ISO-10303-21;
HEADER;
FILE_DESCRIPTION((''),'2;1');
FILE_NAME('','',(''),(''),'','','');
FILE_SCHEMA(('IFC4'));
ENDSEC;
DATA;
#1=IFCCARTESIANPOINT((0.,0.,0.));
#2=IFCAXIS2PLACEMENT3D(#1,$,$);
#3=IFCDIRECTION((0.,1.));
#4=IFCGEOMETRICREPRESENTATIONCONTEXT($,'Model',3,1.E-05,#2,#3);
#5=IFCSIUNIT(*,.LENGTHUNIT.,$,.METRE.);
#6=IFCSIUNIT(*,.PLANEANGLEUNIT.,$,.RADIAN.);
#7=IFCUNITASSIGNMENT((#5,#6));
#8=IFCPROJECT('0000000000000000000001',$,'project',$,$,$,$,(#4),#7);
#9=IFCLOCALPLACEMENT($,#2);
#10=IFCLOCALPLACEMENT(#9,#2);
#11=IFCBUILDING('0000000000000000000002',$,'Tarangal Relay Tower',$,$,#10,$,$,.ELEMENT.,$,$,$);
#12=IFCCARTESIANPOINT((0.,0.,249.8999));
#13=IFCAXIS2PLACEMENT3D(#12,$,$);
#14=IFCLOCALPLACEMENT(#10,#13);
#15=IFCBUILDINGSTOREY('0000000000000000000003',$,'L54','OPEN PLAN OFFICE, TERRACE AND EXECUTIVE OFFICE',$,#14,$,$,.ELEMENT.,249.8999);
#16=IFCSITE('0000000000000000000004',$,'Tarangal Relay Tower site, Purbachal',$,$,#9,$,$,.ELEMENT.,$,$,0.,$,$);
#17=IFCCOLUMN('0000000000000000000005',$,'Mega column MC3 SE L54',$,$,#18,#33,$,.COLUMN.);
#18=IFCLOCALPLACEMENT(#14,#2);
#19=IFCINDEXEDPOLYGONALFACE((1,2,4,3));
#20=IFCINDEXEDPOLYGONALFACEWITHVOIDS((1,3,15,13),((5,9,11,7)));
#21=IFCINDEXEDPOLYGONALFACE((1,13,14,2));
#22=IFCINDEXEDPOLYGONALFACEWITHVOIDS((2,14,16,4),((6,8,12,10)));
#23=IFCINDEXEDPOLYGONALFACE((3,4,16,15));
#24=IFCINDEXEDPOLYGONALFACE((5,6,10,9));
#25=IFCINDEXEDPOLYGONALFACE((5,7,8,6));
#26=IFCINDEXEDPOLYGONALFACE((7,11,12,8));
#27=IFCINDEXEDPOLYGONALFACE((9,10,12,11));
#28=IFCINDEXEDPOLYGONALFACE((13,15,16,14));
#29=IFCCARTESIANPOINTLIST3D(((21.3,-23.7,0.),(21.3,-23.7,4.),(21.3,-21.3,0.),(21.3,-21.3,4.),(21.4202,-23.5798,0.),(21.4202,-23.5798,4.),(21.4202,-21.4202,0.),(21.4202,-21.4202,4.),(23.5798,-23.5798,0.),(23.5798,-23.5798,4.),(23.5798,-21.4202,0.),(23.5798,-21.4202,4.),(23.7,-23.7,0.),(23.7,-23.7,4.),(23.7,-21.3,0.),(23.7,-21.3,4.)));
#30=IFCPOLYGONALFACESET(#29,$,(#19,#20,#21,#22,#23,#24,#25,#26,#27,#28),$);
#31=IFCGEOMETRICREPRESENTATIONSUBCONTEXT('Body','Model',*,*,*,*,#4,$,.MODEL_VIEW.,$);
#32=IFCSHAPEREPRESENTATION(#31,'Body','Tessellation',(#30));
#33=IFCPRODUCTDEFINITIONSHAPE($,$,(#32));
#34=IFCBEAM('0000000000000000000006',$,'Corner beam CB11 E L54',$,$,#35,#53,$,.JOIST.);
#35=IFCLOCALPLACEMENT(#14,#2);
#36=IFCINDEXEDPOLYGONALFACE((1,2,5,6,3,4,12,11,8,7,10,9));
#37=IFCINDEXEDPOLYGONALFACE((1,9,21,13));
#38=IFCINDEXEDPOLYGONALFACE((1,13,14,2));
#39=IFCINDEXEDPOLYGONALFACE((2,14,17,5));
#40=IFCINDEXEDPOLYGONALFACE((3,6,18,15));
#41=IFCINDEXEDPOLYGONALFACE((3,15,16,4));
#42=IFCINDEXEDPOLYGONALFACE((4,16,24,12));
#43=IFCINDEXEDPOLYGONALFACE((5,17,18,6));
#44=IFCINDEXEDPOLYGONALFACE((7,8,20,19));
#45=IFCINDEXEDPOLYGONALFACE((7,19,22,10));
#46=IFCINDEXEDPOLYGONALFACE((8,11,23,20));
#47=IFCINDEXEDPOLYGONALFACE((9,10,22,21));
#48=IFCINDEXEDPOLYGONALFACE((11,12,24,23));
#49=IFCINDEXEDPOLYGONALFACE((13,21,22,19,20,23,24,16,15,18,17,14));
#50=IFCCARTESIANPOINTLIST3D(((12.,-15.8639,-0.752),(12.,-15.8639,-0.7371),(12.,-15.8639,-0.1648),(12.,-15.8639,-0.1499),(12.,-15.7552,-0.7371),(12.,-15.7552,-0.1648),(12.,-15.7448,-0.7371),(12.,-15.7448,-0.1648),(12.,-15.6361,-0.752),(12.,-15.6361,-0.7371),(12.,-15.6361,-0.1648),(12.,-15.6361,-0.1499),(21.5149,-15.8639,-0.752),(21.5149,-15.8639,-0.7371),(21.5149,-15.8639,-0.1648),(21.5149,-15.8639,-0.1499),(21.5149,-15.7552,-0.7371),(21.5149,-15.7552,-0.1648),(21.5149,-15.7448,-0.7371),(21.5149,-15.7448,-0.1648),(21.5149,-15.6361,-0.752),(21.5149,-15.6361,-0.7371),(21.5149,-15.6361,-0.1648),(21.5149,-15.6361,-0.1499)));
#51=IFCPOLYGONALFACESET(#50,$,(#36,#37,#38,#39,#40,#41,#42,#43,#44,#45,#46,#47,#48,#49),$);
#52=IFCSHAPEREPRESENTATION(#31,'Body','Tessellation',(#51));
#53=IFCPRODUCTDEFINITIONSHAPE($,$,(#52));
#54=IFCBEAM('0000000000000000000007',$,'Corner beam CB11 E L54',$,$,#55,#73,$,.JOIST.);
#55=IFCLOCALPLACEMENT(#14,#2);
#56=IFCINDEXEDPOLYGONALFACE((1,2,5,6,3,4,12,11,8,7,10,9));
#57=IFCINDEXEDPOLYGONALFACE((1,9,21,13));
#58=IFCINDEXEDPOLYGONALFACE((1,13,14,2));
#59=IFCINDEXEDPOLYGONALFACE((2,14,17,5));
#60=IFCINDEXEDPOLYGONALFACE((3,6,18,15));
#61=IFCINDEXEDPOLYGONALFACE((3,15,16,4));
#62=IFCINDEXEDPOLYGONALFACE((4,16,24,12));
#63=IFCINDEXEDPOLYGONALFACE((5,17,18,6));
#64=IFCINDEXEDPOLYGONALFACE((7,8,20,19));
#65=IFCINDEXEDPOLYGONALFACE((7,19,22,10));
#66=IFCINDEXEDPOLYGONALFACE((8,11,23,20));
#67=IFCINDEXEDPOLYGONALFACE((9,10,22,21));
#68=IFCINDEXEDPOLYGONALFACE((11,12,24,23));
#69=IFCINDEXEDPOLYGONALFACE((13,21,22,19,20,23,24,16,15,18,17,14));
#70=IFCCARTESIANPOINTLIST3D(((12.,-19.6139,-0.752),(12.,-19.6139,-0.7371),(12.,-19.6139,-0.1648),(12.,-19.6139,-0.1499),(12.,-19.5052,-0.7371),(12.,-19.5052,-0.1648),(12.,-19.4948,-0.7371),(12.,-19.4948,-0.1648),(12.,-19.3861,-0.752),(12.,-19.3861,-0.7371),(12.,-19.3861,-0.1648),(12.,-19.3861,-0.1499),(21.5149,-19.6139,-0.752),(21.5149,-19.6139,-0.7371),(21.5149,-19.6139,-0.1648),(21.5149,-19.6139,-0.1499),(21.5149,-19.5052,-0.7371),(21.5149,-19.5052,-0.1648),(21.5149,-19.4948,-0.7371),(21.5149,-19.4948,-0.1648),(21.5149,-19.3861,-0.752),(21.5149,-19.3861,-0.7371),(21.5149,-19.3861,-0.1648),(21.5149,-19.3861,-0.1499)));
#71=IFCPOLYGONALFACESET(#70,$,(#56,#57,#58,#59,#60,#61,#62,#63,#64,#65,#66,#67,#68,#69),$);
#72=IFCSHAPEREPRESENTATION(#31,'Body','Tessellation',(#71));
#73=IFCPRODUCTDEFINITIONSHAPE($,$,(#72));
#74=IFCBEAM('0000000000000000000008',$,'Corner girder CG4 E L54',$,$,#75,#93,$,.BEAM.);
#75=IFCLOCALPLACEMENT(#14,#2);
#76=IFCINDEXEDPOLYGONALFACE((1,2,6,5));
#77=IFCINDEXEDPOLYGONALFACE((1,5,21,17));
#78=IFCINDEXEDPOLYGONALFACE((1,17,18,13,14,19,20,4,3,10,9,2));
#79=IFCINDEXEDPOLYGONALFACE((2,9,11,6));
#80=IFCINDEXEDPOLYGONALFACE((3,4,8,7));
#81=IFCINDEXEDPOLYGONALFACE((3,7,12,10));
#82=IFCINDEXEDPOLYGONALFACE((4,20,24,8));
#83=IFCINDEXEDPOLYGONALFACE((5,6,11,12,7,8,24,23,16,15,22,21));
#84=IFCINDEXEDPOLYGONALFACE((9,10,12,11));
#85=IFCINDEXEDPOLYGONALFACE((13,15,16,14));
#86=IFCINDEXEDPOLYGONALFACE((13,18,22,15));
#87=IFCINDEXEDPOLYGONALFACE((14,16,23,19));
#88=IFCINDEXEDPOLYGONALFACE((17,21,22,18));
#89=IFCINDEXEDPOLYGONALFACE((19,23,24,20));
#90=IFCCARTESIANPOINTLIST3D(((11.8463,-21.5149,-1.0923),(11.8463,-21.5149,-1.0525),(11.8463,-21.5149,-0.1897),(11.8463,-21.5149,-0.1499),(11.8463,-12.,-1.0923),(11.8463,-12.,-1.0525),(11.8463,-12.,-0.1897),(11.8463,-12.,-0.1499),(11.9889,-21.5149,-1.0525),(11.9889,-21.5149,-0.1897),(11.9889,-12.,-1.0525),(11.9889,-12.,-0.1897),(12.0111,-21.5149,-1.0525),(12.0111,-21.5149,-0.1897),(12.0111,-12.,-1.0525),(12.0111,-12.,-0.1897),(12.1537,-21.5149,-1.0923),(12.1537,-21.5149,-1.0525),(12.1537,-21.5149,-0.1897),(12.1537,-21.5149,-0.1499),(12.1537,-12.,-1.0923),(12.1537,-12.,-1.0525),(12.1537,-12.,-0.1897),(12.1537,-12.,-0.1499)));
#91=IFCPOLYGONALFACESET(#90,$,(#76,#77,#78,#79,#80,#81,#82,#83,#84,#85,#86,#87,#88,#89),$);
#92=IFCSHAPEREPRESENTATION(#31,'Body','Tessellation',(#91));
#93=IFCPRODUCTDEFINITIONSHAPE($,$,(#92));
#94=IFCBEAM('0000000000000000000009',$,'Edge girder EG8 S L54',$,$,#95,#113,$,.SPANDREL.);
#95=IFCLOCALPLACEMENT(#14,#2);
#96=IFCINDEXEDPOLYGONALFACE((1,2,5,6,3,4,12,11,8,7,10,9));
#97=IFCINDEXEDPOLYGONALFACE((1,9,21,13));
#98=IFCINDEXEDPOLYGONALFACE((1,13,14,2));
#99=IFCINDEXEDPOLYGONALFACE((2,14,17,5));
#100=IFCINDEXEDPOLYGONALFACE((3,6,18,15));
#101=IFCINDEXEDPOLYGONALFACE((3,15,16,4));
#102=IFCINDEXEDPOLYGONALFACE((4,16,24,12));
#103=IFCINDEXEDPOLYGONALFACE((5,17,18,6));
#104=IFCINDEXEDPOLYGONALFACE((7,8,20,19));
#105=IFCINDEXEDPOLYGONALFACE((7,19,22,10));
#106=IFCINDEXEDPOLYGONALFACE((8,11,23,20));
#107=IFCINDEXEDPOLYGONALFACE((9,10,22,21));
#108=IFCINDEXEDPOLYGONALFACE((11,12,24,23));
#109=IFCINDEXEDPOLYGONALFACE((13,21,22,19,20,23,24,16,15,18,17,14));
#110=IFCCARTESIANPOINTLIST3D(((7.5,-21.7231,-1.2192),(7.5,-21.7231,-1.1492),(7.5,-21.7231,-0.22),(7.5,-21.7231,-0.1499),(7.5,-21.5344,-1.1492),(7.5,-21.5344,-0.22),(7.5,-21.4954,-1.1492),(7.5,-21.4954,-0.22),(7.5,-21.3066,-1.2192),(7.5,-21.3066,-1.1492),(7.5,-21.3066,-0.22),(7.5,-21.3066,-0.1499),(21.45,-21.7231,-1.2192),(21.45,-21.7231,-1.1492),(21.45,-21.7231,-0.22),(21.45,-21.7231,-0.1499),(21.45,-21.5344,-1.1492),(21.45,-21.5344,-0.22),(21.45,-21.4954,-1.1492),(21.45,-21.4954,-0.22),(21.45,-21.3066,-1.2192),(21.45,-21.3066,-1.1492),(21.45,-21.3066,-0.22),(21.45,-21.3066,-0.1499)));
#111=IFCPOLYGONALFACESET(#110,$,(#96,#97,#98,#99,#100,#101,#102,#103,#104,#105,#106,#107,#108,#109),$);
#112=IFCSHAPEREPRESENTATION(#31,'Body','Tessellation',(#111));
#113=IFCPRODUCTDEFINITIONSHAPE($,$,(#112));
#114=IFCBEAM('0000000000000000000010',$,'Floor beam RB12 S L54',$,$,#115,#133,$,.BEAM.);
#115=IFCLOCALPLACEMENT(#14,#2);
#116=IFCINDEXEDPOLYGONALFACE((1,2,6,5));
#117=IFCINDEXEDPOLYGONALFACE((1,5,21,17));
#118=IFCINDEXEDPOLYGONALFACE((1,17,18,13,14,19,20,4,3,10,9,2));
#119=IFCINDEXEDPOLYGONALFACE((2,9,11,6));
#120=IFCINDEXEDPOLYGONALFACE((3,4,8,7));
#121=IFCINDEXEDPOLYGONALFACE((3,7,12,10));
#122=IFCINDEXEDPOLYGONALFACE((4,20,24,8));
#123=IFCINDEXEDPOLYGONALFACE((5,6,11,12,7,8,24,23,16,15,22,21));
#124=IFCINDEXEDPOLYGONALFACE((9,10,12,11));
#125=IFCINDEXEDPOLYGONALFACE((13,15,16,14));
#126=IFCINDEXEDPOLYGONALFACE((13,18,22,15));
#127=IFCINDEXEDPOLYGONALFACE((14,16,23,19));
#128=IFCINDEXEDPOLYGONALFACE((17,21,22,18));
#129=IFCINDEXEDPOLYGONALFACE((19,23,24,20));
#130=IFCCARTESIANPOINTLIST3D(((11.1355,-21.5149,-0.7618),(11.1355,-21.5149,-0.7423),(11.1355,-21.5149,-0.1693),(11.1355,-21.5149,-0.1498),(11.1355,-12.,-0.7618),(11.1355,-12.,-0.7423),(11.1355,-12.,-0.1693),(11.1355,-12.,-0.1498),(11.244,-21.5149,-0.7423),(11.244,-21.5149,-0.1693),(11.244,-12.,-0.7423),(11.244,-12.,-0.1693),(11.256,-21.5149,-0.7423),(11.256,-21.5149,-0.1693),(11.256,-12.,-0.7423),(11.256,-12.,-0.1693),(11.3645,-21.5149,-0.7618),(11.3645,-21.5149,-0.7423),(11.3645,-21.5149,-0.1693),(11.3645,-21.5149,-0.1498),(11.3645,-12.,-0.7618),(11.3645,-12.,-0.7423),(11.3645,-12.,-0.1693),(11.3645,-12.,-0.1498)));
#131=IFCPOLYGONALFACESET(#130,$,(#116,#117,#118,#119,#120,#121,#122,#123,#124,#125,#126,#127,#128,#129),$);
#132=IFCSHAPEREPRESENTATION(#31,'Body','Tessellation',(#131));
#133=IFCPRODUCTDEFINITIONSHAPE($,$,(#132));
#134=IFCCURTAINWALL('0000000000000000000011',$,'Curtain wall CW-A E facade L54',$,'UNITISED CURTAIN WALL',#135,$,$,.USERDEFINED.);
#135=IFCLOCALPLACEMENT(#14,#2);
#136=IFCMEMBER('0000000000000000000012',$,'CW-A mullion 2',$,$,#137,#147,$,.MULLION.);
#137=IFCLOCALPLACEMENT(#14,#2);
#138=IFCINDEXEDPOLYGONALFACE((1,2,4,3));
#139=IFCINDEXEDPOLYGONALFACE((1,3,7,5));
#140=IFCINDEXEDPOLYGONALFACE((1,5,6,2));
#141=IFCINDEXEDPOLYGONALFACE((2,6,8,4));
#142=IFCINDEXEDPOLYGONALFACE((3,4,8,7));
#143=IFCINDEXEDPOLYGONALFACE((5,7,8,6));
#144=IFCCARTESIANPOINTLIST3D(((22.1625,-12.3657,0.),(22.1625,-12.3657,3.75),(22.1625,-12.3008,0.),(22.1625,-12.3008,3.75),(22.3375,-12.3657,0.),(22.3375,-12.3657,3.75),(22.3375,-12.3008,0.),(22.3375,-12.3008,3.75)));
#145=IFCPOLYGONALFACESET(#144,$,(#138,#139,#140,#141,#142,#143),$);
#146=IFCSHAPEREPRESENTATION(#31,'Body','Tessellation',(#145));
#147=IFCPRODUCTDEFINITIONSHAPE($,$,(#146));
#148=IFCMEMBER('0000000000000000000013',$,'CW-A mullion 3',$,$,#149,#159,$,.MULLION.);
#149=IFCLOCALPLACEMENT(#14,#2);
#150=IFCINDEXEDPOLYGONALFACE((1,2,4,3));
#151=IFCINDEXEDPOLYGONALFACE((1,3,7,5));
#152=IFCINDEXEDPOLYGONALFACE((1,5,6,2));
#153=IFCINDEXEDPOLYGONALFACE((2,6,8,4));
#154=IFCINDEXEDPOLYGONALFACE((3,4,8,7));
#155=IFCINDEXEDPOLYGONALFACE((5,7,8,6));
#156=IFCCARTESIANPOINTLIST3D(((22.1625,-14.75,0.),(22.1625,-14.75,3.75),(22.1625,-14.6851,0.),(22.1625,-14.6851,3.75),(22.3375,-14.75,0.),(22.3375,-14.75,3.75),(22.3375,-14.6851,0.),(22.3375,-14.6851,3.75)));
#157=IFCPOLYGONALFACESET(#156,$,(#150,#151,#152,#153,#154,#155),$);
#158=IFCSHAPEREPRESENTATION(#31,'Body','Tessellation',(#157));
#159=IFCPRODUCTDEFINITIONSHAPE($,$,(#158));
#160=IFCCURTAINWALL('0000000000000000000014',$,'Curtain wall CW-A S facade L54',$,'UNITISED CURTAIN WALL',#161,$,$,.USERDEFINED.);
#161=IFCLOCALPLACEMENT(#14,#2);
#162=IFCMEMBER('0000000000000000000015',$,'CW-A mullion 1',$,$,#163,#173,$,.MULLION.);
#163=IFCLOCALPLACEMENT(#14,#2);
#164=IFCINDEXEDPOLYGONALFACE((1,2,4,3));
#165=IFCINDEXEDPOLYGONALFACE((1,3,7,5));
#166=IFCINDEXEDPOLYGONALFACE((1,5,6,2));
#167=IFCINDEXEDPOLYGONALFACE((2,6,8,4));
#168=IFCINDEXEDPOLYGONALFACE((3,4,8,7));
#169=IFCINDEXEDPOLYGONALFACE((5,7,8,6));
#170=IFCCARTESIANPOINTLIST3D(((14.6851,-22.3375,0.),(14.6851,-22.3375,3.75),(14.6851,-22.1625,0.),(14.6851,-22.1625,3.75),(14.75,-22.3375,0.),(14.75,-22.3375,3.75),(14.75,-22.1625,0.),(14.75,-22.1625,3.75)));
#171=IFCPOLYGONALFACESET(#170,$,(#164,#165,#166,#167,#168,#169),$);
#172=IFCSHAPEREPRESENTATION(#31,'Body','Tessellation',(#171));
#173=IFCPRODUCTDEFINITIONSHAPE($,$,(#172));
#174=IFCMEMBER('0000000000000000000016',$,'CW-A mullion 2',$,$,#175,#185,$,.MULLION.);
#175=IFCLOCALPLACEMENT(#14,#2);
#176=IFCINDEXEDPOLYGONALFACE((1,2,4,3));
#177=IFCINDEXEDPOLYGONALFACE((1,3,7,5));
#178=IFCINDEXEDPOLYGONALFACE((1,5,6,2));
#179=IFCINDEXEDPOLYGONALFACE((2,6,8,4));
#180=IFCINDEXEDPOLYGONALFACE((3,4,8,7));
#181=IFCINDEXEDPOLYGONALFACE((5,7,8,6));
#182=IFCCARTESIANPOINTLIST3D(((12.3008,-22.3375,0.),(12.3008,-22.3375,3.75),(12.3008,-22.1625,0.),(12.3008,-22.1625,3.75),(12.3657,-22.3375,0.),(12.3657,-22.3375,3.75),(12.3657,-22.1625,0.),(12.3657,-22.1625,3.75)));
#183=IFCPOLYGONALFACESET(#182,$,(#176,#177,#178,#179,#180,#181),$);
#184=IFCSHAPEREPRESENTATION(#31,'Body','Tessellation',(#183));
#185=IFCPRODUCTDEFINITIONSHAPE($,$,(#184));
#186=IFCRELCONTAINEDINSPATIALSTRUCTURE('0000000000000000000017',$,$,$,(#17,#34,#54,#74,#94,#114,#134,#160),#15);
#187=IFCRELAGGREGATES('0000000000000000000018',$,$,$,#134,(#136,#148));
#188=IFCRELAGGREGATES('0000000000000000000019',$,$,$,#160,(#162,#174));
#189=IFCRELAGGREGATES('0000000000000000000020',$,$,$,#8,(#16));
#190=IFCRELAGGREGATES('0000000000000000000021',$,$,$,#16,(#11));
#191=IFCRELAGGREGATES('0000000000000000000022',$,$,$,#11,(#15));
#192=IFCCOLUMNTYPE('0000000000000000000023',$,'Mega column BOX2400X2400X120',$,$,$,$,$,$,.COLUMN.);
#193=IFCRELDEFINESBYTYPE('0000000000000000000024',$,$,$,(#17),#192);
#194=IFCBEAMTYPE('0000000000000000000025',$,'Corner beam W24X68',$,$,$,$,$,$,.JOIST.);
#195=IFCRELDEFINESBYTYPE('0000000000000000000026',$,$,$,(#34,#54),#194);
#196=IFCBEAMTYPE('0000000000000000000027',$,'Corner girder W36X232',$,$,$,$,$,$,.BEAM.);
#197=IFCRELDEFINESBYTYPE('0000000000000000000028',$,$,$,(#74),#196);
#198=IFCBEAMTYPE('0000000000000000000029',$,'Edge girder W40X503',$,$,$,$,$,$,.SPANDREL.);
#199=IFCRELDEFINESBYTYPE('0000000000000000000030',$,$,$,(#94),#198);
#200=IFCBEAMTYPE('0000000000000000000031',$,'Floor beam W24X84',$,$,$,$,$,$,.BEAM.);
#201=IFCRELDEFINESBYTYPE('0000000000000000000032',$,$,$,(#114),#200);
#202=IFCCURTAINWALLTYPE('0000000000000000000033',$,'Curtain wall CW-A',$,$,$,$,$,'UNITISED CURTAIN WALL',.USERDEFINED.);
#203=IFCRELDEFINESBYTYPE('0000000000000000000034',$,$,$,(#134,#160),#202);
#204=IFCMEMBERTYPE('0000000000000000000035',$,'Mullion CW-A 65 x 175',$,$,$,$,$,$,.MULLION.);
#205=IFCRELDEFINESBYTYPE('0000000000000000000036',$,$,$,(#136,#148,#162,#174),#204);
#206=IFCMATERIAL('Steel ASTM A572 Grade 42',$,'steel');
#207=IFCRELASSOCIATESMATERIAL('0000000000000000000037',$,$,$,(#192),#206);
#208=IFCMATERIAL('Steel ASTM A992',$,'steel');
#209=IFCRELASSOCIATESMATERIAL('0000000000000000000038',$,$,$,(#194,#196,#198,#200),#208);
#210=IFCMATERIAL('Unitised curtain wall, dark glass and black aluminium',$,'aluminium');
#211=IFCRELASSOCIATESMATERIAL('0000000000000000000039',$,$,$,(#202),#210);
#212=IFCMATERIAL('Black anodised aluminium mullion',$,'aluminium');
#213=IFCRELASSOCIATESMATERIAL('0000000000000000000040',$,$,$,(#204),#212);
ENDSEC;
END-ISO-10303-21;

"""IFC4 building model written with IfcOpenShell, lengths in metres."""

from ifc_helpers import new_model, si_unit, direction, frame, origin, origin_2d, place, context, subcontext, project, spatial, rectangle, hollow_rectangle, i_section, extrude, material, material_profile, profile_set, type_object, element, aggregate, save


model = new_model("IFC4")

# Units and contexts
model_context = context("Model", 3, precision=1e-05, world=origin(), true_north=direction((0.0, 1.0)))
body_context = subcontext(model_context, "Body", "Model", "MODEL_VIEW")
ifc_project = project(units=[si_unit("LENGTHUNIT", "METRE"), si_unit("PLANEANGLEUNIT", "RADIAN")], contexts=[model_context])

# Site, building, storey
site_placement = place(None, origin())
site = spatial("IfcSite", under=ifc_project, at=site_placement, Name="Tarangal Relay Tower site, Purbachal", CompositionType="ELEMENT", RefElevation=0.0)
building_placement = place(site_placement, origin())
building = spatial("IfcBuilding", under=site, at=building_placement, Name="Tarangal Relay Tower", CompositionType="ELEMENT")
storey_placement = place(building_placement, frame((0.0, 0.0, 249.8999)))
storey = spatial("IfcBuildingStorey", under=building, at=storey_placement, Name="L54", Description="OPEN PLAN OFFICE, TERRACE AND EXECUTIVE OFFICE", CompositionType="ELEMENT", Elevation=249.8999)

# Column
ifc_material_1 = material(Name="Steel ASTM A572 Grade 42", Category="steel")
ifc_material_profile_1 = material_profile(ifc_material_1, hollow_rectangle(XDim=2.3999, YDim=2.3999, WallThickness=0.1201, at=origin_2d()), Name="BOX2400X2400X120")
ifc_profile_set_1 = profile_set([ifc_material_profile_1], Name="Steel ASTM A572 Grade 42")
column_type = type_object("IfcColumnType", Name="Mega column BOX2400X2400X120", PredefinedType="COLUMN", material=ifc_profile_set_1)
column_placement = place(storey_placement, frame((22.5, -22.5, 0.0), z_axis=(0.0, 0.0, 1.0), x_axis=(1.0, 0.0, 0.0)))
element("IfcColumn", 1, at=column_placement, inside=storey, type_object=column_type, Name="Mega column MC3 SE L54", PredefinedType="COLUMN", context=body_context, shape_type="SweptSolid", body=[
    extrude(hollow_rectangle(XDim=2.3999, YDim=2.3999, WallThickness=0.1201, at=origin_2d()), origin(), (0.0, 0.0, 1.0), 4.0),
])

# Beams
ifc_material_2 = material(Name="Steel ASTM A992", Category="steel")
ifc_material_profile_2 = material_profile(ifc_material_2, i_section(OverallWidth=0.2278, OverallDepth=0.6021, WebThickness=0.0105, FlangeThickness=0.0149, at=origin_2d()), Name="W24X68")
ifc_profile_set_2 = profile_set([ifc_material_profile_2], Name="Steel ASTM A992")
beam_type_1 = type_object("IfcBeamType", Name="Corner beam W24X68", PredefinedType="JOIST", material=ifc_profile_set_2)
for number, where, z_axis, x_axis, name in (
    (2, (12.0, -15.75, -0.4509), (1.0, 0.0, 0.0), (0.0, 1.0, 0.0), "Corner beam CB11 E L54"),
    (3, (12.0, -19.5, -0.4509), (1.0, 0.0, 0.0), (0.0, 1.0, 0.0), "Corner beam CB11 E L54"),
):
    element("IfcBeam", number, at=place(storey_placement, frame(where, z_axis=z_axis, x_axis=x_axis)), inside=storey, type_object=beam_type_1, Name=name, PredefinedType="JOIST", context=body_context, shape_type="SweptSolid", body=[
        extrude(i_section(OverallWidth=0.2278, OverallDepth=0.6021, WebThickness=0.0105, FlangeThickness=0.0149, at=origin_2d()), origin(), (0.0, 0.0, 1.0), 9.5149),
    ])
ifc_material_profile_3 = material_profile(ifc_material_2, i_section(OverallWidth=0.3074, OverallDepth=0.9424, WebThickness=0.0222, FlangeThickness=0.0398, at=origin_2d()), Name="W36X232")
ifc_profile_set_3 = profile_set([ifc_material_profile_3], Name="Steel ASTM A992")
beam_type_2 = type_object("IfcBeamType", Name="Corner girder W36X232", PredefinedType="BEAM", material=ifc_profile_set_3)
beam_1_placement = place(storey_placement, frame((12.0, -12.0, -0.6211), z_axis=(0.0, -1.0, 0.0), x_axis=(1.0, 0.0, 0.0)))
element("IfcBeam", 4, at=beam_1_placement, inside=storey, type_object=beam_type_2, Name="Corner girder CG4 E L54", PredefinedType="BEAM", context=body_context, shape_type="SweptSolid", body=[
    extrude(i_section(OverallWidth=0.3074, OverallDepth=0.9424, WebThickness=0.0222, FlangeThickness=0.0398, at=origin_2d()), origin(), (0.0, 0.0, 1.0), 9.5149),
])
ifc_material_profile_4 = material_profile(ifc_material_2, i_section(OverallWidth=0.4165, OverallDepth=1.0693, WebThickness=0.0391, FlangeThickness=0.0701, at=origin_2d()), Name="W40X503")
ifc_profile_set_4 = profile_set([ifc_material_profile_4], Name="Steel ASTM A992")
beam_type_3 = type_object("IfcBeamType", Name="Edge girder W40X503", PredefinedType="SPANDREL", material=ifc_profile_set_4)
beam_2_placement = place(storey_placement, frame((21.45, -21.5149, -0.6846), z_axis=(-1.0, 0.0, 0.0), x_axis=(0.0, -1.0, 0.0)))
element("IfcBeam", 5, at=beam_2_placement, inside=storey, type_object=beam_type_3, Name="Edge girder EG8 S L54", PredefinedType="SPANDREL", context=body_context, shape_type="SweptSolid", body=[
    extrude(i_section(OverallWidth=0.4165, OverallDepth=1.0693, WebThickness=0.0391, FlangeThickness=0.0701, at=origin_2d()), origin(), (0.0, 0.0, 1.0), 13.95),
])
ifc_material_profile_5 = material_profile(ifc_material_2, i_section(OverallWidth=0.229, OverallDepth=0.6121, WebThickness=0.012, FlangeThickness=0.0195, at=origin_2d()), Name="W24X84")
ifc_profile_set_5 = profile_set([ifc_material_profile_5], Name="Steel ASTM A992")
beam_type_4 = type_object("IfcBeamType", Name="Floor beam W24X84", PredefinedType="BEAM", material=ifc_profile_set_5)
beam_3_placement = place(storey_placement, frame((11.25, -12.0, -0.4558), z_axis=(0.0, -1.0, 0.0), x_axis=(1.0, 0.0, 0.0)))
element("IfcBeam", 6, at=beam_3_placement, inside=storey, type_object=beam_type_4, Name="Floor beam RB12 S L54", PredefinedType="BEAM", context=body_context, shape_type="SweptSolid", body=[
    extrude(i_section(OverallWidth=0.229, OverallDepth=0.6121, WebThickness=0.012, FlangeThickness=0.0195, at=origin_2d()), origin(), (0.0, 0.0, 1.0), 9.5149),
])

# Curtain walls, members
ifc_material_3 = material(Name="Unitised curtain wall, dark glass and black aluminium", Category="aluminium")
curtain_wall_type = type_object("IfcCurtainWallType", Name="Curtain wall CW-A", ElementType="UNITISED CURTAIN WALL", PredefinedType="USERDEFINED", material=ifc_material_3)
curtain_wall_1_placement = place(storey_placement, origin())
curtain_wall_1 = element("IfcCurtainWall", 7, at=curtain_wall_1_placement, inside=storey, type_object=curtain_wall_type, Name="Curtain wall CW-A E facade L54", ObjectType="UNITISED CURTAIN WALL", PredefinedType="USERDEFINED")
ifc_material_4 = material(Name="Black anodised aluminium mullion", Category="aluminium")
ifc_material_profile_6 = material_profile(ifc_material_4, rectangle(XDim=0.175, YDim=0.0649, at=origin_2d()), Name="CW-AM 65X175")
ifc_profile_set_6 = profile_set([ifc_material_profile_6], Name="Black anodised aluminium mullion")
member_type_1 = type_object("IfcMemberType", Name="Mullion CW-A 65 x 175", PredefinedType="MULLION", material=ifc_profile_set_6)
member_1_placement = place(storey_placement, frame((22.25, -12.3333, 0.0), z_axis=(0.0, 0.0, 1.0), x_axis=(1.0, 0.0, 0.0)))
member_1 = element("IfcMember", 8, at=member_1_placement, type_object=member_type_1, Name="CW-A mullion 2", PredefinedType="MULLION", context=body_context, shape_type="SweptSolid", body=[
    extrude(rectangle(XDim=0.175, YDim=0.0649, at=origin_2d()), origin(), (0.0, 0.0, 1.0), 3.75),
])
member_2_placement = place(storey_placement, frame((22.25, -14.7175, 0.0), z_axis=(0.0, 0.0, 1.0), x_axis=(1.0, 0.0, 0.0)))
member_2 = element("IfcMember", 9, at=member_2_placement, type_object=member_type_1, Name="CW-A mullion 3", PredefinedType="MULLION", context=body_context, shape_type="SweptSolid", body=[
    extrude(rectangle(XDim=0.175, YDim=0.0649, at=origin_2d()), origin(), (0.0, 0.0, 1.0), 3.75),
])
curtain_wall_2_placement = place(storey_placement, origin())
curtain_wall_2 = element("IfcCurtainWall", 10, at=curtain_wall_2_placement, inside=storey, type_object=curtain_wall_type, Name="Curtain wall CW-A S facade L54", ObjectType="UNITISED CURTAIN WALL", PredefinedType="USERDEFINED")
member_3_placement = place(storey_placement, frame((14.7175, -22.25, 0.0), z_axis=(0.0, 0.0, 1.0), x_axis=(0.0, -1.0, 0.0)))
member_3 = element("IfcMember", 11, at=member_3_placement, type_object=member_type_1, Name="CW-A mullion 1", PredefinedType="MULLION", context=body_context, shape_type="SweptSolid", body=[
    extrude(rectangle(XDim=0.175, YDim=0.0649, at=origin_2d()), origin(), (0.0, 0.0, 1.0), 3.75),
])
member_4_placement = place(storey_placement, frame((12.3333, -22.25, 0.0), z_axis=(0.0, 0.0, 1.0), x_axis=(0.0, -1.0, 0.0)))
member_4 = element("IfcMember", 12, at=member_4_placement, type_object=member_type_1, Name="CW-A mullion 2", PredefinedType="MULLION", context=body_context, shape_type="SweptSolid", body=[
    extrude(rectangle(XDim=0.175, YDim=0.0649, at=origin_2d()), origin(), (0.0, 0.0, 1.0), 3.75),
])

aggregate(curtain_wall_1, [member_1, member_2])
aggregate(curtain_wall_2, [member_3, member_4])

save(model, "model.ifc")
